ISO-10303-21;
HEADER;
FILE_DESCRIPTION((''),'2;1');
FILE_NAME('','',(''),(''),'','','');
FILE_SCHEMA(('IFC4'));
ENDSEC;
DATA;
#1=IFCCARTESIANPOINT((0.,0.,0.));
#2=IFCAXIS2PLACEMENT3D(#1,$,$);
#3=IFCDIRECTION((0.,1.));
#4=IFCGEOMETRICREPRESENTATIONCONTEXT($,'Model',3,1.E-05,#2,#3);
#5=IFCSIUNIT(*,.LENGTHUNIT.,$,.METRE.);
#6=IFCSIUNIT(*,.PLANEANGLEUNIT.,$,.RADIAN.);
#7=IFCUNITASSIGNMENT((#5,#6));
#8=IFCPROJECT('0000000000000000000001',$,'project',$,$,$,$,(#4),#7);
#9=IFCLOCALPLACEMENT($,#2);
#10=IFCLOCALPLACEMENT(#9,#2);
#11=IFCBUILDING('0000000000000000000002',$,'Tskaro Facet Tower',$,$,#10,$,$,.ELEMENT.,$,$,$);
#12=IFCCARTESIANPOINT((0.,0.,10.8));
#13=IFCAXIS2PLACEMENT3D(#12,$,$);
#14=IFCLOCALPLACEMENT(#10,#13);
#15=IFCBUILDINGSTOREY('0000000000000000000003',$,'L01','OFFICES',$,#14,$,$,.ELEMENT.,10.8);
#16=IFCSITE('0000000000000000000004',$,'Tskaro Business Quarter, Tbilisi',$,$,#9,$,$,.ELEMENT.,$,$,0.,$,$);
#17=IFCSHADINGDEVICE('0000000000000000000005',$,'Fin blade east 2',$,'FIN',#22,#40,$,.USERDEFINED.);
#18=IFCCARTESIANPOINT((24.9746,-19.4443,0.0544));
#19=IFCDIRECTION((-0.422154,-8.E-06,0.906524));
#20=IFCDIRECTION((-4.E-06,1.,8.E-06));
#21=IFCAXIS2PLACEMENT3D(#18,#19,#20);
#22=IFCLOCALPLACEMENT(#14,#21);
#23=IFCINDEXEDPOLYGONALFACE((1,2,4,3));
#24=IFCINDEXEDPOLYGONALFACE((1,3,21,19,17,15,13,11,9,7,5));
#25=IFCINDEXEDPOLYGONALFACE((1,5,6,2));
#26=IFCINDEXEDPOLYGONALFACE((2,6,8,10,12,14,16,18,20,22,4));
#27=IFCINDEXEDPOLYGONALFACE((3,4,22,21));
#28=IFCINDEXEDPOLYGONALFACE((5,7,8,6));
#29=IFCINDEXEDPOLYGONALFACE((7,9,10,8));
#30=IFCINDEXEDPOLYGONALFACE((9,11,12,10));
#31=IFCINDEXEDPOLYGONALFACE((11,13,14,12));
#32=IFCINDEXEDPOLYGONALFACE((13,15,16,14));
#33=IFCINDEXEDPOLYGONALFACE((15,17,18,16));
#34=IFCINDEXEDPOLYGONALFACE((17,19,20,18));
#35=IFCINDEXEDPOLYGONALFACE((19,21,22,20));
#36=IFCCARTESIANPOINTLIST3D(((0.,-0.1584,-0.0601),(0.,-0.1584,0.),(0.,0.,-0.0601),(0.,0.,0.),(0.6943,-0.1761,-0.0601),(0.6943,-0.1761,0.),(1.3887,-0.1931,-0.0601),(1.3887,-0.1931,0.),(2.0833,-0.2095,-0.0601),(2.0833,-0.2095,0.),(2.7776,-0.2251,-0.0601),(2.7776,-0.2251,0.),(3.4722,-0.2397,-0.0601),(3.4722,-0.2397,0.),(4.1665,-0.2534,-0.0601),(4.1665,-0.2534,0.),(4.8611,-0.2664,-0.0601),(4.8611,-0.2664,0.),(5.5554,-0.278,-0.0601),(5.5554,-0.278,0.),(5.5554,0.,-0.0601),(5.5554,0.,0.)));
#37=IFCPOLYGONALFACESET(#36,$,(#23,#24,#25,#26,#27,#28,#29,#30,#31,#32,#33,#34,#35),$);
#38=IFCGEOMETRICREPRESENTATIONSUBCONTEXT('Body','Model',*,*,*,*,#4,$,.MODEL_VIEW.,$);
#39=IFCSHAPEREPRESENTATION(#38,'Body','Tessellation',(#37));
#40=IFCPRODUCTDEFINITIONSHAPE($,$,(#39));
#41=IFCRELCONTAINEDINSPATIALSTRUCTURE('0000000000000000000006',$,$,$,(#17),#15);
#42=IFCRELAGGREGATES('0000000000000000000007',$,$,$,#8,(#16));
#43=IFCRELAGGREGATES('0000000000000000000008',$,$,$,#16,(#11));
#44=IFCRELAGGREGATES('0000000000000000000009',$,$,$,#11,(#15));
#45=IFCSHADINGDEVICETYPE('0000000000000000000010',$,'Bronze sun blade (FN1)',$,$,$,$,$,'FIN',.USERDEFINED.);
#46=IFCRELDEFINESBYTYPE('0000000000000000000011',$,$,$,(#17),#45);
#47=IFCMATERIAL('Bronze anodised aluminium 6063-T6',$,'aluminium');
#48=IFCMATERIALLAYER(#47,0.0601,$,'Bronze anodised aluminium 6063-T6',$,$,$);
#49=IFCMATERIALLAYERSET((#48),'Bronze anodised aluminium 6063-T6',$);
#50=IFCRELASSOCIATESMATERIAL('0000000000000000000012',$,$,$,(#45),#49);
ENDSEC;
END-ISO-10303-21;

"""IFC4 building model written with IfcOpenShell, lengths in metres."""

from ifc_helpers import new_model, si_unit, direction, frame, origin, place, context, subcontext, project, spatial, polyline, outline, extrude, material, layer, layer_set, type_object, element, save


model = new_model("IFC4")

# Units and contexts
model_context = context("Model", 3, precision=1e-05, world=origin(), true_north=direction((0.0, 1.0)))
body_context = subcontext(model_context, "Body", "Model", "MODEL_VIEW")
ifc_project = project(units=[si_unit("LENGTHUNIT", "METRE"), si_unit("PLANEANGLEUNIT", "RADIAN")], contexts=[model_context])

# Site, building, storey
site_placement = place(None, origin())
site = spatial("IfcSite", under=ifc_project, at=site_placement, Name="Tskaro Business Quarter, Tbilisi", CompositionType="ELEMENT", RefElevation=0.0)
building_placement = place(site_placement, origin())
building = spatial("IfcBuilding", under=site, at=building_placement, Name="Tskaro Facet Tower", CompositionType="ELEMENT")
storey_placement = place(building_placement, frame((0.0, 0.0, 10.8)))
storey = spatial("IfcBuildingStorey", under=building, at=storey_placement, Name="L01", Description="OFFICES", CompositionType="ELEMENT", Elevation=10.8)

# Shared definitions
ifc_material_1 = material(Name="Bronze anodised aluminium 6063-T6", Category="aluminium")

# Shading device
ifc_layer_1 = layer(ifc_material_1, 0.0601, Name="Bronze anodised aluminium 6063-T6")
ifc_layer_set_1 = layer_set([ifc_layer_1], Name="Bronze anodised aluminium 6063-T6")
shading_device_type = type_object("IfcShadingDeviceType", Name="Bronze sun blade (FN1)", ElementType="FIN", PredefinedType="USERDEFINED", material=ifc_layer_set_1)
shading_device_1_placement = place(storey_placement, frame((24.9746, -19.4443, 0.0544), z_axis=(-0.422154, -0.000008, 0.906524), x_axis=(-0.000004, 1.0, 0.000008)))
element("IfcShadingDevice", 1, at=shading_device_1_placement, inside=storey, type_object=shading_device_type, Name="Fin blade east 2", ObjectType="FIN", PredefinedType="USERDEFINED", context=body_context, shape_type="SweptSolid", body=[
    extrude(outline(polyline([(0.0, 0.0), (5.5554, 0.0), (5.5554, -0.278), (4.8611, -0.2664), (4.1665, -0.2534), (3.4722, -0.2397), (2.7776, -0.2251), (2.0833, -0.2095), (1.3887, -0.1931), (0.6943, -0.1761), (0.0, -0.1584), (0.0, 0.0)])), origin(), (0.0, 0.0, -1.0), 0.0601),
])

save(model, "model.ifc")
